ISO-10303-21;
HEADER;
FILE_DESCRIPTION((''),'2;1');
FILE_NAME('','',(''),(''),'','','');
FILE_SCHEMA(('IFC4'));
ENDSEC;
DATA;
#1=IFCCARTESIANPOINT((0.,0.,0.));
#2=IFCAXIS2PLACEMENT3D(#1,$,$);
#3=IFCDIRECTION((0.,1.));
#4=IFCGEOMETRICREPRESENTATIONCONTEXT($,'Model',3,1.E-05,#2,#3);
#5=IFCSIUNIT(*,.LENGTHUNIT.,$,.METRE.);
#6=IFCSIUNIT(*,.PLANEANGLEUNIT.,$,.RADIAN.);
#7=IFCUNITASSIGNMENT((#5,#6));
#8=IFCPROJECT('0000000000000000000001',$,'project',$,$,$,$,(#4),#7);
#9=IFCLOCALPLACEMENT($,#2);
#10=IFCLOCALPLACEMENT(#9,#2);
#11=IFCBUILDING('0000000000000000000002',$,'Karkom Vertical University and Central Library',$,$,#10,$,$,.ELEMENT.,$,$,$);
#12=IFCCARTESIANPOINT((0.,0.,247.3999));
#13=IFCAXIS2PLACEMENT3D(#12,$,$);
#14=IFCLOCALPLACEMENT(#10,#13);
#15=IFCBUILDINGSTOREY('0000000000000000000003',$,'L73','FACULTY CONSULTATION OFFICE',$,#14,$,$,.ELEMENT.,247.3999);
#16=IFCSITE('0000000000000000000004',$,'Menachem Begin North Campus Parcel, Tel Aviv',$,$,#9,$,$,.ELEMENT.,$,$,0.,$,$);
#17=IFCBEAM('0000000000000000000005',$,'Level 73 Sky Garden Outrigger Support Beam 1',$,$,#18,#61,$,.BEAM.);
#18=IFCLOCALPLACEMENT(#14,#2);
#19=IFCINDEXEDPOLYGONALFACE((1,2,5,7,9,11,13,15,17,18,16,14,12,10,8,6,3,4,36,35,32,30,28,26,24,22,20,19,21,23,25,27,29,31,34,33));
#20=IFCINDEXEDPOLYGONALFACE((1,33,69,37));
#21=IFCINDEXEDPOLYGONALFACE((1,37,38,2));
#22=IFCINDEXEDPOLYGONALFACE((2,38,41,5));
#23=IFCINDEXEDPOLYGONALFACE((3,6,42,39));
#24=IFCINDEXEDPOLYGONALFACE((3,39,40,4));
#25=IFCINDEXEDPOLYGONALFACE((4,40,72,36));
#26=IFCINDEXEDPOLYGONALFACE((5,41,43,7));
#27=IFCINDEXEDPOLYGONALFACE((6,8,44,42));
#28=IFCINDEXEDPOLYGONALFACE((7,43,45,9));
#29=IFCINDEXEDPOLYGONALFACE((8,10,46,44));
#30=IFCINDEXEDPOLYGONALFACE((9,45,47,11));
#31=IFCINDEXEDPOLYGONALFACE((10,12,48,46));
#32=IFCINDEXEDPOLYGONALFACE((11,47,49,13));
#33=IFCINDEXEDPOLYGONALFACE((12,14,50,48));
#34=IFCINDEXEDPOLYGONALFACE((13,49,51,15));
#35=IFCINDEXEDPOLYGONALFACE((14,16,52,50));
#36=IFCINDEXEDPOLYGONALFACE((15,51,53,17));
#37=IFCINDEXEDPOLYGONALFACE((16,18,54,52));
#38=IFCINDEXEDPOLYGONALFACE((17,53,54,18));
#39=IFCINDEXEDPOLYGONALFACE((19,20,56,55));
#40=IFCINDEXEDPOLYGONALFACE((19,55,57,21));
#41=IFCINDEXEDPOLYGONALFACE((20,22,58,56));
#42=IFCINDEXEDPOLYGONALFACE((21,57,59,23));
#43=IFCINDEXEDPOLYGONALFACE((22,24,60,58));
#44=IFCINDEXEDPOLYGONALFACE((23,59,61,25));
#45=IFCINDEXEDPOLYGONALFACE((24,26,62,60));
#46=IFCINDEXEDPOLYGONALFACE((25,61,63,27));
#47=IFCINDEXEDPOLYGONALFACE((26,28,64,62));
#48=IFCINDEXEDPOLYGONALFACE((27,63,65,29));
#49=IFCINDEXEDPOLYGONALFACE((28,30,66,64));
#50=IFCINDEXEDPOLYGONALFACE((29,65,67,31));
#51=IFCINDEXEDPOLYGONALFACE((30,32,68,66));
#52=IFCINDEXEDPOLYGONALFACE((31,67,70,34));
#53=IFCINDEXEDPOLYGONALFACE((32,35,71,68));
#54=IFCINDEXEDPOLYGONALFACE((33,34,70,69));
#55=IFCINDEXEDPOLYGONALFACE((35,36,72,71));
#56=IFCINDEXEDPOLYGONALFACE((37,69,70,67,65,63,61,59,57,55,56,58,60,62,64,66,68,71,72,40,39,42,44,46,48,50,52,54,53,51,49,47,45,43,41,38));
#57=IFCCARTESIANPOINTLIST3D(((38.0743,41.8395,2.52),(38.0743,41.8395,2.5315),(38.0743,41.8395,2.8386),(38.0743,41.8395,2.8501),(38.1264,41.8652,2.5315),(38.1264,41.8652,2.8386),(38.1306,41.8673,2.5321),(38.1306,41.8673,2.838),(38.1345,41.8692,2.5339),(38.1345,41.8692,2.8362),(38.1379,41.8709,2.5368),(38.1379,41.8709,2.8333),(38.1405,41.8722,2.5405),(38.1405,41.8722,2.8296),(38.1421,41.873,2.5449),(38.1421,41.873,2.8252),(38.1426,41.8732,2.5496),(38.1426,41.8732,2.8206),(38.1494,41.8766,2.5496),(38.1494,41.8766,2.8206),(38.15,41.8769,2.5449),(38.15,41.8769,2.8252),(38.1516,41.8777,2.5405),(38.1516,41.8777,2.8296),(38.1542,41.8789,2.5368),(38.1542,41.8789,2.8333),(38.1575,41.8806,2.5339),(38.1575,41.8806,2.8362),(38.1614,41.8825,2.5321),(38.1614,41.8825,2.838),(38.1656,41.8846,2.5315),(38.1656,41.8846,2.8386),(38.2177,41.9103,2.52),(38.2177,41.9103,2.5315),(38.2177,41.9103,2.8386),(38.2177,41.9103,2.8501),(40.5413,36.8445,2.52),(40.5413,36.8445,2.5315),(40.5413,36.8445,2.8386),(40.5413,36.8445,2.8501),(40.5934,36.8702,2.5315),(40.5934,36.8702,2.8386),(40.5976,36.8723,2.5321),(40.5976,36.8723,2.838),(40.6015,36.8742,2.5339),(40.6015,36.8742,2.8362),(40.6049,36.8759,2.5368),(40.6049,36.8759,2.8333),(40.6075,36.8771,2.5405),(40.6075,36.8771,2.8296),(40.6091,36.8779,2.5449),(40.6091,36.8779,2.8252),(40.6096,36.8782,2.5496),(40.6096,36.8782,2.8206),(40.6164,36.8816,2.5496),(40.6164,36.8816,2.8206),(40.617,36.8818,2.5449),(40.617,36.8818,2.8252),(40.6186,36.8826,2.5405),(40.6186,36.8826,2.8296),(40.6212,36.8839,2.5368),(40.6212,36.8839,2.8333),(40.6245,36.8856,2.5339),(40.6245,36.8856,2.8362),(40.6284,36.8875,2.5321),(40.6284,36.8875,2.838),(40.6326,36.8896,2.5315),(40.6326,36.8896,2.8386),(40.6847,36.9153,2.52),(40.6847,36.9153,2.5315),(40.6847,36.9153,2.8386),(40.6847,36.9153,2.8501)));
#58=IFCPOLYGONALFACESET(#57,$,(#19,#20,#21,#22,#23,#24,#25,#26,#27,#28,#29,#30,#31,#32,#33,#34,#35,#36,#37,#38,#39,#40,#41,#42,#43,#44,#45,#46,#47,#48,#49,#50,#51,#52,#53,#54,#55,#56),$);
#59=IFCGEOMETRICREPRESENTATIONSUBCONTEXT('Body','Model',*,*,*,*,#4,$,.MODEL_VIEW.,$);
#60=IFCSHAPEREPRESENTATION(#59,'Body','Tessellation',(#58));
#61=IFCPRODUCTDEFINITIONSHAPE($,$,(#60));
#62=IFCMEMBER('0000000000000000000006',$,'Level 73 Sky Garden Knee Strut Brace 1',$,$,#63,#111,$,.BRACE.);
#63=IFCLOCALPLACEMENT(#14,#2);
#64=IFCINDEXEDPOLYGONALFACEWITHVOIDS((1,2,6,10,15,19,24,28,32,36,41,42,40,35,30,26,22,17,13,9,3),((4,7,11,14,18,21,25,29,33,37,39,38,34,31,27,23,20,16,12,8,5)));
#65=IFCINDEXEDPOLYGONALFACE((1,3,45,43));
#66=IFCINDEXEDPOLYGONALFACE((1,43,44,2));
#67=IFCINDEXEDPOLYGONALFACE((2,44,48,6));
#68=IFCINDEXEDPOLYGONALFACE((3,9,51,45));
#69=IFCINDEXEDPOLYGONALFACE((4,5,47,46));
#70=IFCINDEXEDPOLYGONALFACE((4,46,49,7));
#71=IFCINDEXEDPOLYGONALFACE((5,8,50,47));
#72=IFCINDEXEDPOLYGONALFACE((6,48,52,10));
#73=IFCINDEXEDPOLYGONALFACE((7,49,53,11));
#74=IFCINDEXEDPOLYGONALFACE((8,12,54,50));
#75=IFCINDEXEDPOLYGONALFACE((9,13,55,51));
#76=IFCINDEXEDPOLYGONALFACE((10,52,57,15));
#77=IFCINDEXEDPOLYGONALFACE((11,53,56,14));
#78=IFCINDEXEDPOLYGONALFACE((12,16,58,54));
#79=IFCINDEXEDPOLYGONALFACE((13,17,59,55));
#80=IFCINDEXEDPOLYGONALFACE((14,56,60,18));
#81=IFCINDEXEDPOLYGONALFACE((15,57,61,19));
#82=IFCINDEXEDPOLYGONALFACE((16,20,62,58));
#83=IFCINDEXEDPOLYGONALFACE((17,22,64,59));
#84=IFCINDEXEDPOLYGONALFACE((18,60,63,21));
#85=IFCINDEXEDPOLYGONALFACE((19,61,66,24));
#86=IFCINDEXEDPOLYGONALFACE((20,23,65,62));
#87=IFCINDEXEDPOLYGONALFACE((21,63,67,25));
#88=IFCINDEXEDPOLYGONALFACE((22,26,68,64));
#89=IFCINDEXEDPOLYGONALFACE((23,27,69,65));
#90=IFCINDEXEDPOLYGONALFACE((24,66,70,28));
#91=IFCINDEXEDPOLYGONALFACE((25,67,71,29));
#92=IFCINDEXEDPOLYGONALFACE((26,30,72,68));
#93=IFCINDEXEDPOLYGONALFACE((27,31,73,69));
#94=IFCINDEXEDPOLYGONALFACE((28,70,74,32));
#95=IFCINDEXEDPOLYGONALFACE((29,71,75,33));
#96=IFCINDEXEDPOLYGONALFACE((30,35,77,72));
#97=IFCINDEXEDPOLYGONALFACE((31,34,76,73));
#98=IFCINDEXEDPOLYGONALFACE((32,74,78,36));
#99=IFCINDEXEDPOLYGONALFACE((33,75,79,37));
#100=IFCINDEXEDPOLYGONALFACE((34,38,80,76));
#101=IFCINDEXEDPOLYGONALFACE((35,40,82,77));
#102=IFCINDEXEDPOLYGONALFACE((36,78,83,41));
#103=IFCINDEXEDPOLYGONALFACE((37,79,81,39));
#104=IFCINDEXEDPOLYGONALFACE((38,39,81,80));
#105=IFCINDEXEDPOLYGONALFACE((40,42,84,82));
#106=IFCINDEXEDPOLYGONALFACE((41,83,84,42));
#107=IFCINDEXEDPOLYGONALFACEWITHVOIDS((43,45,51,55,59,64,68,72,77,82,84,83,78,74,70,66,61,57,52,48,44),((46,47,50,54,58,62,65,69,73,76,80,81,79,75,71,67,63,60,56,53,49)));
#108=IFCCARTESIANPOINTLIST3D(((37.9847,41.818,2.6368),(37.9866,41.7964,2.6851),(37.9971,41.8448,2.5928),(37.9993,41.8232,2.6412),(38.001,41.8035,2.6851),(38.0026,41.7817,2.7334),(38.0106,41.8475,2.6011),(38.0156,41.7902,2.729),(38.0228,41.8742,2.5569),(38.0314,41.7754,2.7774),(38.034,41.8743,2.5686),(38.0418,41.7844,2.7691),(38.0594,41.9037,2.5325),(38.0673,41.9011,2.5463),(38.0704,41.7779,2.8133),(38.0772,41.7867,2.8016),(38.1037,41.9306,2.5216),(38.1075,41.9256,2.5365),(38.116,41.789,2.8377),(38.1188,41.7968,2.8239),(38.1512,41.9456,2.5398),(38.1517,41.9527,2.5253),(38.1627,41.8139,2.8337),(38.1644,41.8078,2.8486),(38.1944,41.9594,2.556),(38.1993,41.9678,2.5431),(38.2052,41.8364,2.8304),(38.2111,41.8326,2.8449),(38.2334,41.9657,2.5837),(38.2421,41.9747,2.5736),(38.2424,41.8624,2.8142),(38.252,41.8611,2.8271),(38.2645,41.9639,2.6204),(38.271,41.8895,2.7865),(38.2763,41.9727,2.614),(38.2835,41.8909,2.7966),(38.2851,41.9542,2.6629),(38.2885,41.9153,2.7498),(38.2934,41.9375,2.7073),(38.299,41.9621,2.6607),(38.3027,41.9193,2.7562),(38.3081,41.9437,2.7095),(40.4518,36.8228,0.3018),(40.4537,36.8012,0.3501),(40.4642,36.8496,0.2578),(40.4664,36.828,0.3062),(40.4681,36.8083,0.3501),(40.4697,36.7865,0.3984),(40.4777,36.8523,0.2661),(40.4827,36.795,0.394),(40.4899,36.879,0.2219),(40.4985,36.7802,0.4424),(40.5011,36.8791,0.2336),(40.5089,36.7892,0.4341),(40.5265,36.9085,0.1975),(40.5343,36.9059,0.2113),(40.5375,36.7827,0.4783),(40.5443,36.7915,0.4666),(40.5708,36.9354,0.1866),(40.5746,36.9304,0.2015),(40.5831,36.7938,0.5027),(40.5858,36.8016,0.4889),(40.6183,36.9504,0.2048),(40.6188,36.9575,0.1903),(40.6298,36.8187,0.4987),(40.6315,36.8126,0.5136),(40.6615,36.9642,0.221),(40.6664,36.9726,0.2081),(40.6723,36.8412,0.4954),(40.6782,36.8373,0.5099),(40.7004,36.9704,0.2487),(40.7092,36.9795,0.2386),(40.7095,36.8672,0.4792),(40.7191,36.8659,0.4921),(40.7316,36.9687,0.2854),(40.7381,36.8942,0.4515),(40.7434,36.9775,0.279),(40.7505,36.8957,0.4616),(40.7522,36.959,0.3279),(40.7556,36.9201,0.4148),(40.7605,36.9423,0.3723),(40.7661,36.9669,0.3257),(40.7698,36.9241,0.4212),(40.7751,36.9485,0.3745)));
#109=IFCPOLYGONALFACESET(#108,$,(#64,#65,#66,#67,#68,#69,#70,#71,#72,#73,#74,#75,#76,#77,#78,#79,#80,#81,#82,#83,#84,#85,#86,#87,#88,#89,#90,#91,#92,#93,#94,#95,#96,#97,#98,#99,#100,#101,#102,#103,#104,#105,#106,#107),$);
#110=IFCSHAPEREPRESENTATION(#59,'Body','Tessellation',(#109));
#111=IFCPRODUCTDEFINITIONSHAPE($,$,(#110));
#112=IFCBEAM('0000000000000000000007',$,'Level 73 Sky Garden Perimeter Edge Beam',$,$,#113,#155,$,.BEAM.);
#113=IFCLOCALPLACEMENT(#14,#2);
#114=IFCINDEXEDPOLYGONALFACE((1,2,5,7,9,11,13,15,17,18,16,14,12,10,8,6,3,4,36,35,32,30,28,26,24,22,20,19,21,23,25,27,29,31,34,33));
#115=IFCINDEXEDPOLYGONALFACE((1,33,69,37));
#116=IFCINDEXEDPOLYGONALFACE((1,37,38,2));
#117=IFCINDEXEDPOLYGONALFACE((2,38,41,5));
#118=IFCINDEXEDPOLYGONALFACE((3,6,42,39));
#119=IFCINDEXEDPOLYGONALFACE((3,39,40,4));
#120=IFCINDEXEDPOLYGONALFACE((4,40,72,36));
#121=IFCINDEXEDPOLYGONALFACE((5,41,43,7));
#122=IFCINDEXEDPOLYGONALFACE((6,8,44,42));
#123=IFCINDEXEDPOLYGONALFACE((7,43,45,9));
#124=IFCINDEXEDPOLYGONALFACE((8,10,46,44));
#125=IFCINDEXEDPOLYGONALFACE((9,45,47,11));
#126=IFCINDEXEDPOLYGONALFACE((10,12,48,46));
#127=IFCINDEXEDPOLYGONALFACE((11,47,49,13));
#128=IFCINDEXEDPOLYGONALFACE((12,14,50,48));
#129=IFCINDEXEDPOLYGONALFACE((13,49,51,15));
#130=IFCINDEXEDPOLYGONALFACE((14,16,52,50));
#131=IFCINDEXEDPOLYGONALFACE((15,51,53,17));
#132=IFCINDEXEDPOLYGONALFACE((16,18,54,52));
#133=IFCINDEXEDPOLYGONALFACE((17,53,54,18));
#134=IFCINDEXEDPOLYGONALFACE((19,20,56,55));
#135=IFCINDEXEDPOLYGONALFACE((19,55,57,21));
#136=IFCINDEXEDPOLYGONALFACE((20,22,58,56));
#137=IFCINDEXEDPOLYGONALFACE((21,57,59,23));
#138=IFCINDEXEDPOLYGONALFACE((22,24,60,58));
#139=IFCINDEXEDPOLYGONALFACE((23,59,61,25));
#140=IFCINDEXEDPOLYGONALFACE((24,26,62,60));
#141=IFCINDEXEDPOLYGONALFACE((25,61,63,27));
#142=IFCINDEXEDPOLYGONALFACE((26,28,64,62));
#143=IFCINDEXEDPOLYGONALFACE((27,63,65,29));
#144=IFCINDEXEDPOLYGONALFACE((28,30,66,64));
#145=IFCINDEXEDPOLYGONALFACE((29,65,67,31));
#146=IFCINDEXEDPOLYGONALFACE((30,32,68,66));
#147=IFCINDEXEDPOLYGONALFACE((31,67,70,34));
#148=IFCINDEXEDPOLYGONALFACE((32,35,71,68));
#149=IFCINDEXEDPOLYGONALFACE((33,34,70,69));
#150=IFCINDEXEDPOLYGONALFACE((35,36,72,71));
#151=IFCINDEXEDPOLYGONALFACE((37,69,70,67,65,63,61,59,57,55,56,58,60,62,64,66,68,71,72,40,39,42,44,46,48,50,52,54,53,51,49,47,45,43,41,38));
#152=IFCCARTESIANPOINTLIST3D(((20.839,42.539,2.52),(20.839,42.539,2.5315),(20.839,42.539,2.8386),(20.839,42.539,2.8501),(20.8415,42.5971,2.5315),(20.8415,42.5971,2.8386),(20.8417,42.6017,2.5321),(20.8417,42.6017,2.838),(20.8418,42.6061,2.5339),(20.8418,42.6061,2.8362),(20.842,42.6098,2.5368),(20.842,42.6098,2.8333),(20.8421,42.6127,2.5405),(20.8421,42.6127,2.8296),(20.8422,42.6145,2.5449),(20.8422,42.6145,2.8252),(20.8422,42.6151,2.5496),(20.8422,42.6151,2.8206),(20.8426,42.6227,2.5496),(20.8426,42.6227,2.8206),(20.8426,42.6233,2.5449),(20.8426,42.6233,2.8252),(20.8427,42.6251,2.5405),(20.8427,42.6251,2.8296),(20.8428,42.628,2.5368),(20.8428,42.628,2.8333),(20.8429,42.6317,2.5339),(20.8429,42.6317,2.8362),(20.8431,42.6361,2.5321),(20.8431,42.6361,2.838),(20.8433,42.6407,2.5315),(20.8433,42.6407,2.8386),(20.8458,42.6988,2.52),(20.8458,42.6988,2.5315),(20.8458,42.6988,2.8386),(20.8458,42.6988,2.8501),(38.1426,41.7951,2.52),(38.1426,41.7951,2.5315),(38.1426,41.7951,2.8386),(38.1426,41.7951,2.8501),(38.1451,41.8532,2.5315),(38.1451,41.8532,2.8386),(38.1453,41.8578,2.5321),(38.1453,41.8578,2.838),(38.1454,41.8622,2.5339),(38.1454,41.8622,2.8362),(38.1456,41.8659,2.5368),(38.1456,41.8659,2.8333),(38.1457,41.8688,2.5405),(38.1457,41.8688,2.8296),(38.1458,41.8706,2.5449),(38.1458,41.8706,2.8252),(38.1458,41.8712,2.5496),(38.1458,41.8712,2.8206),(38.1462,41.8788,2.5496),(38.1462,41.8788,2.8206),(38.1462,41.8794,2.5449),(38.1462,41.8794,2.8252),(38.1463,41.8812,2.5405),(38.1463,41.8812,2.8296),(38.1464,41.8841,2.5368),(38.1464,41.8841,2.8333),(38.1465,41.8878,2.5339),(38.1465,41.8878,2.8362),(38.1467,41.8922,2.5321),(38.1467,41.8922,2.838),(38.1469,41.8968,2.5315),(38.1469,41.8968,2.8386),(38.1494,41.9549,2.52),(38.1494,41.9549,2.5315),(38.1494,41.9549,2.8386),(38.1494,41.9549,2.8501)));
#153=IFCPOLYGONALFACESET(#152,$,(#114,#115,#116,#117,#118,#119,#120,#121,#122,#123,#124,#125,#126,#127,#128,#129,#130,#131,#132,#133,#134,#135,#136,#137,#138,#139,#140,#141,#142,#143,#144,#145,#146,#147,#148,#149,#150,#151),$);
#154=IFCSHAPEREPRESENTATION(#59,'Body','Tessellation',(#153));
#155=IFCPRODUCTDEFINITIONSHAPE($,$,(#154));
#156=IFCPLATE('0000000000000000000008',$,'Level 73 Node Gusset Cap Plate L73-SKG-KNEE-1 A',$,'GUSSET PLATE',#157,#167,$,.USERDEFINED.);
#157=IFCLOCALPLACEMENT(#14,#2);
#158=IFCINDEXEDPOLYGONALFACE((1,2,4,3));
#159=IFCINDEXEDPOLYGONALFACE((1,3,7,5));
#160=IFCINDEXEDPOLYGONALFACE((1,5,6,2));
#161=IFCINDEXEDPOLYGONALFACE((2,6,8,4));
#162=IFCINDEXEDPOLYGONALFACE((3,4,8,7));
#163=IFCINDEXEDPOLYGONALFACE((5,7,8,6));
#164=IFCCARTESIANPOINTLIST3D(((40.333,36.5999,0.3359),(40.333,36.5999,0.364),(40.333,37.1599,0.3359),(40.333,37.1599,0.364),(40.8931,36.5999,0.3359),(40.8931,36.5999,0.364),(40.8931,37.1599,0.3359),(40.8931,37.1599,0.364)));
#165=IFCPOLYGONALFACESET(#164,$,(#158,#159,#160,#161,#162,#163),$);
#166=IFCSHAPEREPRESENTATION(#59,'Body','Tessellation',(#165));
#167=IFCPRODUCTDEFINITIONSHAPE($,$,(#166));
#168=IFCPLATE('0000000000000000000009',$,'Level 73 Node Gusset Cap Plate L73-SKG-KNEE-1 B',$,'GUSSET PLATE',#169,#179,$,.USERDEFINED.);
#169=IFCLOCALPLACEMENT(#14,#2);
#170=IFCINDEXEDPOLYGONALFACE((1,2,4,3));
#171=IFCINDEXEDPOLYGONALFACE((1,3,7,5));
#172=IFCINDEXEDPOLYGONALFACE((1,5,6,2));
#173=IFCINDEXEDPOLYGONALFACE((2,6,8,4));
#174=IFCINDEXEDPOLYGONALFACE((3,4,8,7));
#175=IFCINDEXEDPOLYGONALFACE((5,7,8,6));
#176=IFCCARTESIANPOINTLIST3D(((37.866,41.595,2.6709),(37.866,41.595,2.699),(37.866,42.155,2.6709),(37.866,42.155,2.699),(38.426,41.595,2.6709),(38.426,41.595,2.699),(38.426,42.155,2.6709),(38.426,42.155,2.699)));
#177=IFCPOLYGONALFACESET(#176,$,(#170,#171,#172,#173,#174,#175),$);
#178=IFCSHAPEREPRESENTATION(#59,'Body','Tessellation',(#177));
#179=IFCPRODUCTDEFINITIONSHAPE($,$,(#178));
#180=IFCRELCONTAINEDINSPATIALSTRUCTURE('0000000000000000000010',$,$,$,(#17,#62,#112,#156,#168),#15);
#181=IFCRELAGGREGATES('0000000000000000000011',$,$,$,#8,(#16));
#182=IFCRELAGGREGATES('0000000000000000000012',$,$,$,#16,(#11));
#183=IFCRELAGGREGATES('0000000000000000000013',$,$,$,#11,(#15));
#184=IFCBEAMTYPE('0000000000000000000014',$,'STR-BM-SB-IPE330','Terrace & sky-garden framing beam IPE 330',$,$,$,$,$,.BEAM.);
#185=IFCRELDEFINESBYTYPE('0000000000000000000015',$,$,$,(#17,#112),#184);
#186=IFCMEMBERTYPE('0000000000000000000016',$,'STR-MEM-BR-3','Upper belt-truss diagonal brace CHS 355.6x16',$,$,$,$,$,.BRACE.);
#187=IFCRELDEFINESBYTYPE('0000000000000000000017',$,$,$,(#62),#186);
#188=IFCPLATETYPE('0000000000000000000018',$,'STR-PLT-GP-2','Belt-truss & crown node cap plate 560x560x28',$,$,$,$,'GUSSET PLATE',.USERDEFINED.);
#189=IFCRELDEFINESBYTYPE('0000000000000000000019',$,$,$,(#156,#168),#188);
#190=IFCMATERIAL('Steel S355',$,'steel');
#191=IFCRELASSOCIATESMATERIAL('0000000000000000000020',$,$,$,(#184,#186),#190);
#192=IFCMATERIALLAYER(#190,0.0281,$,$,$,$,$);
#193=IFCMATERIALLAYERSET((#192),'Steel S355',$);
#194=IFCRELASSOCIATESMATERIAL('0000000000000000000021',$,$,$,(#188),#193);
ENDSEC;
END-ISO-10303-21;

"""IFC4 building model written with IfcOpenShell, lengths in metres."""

from ifc_helpers import new_model, si_unit, direction, frame, origin, origin_with_axes, origin_2d, place, context, subcontext, project, spatial, rectangle, hollow_circle, i_section, extrude, source, transform, mapped, material, layer, layer_set, material_profile, profile_set, type_object, element, save


model = new_model("IFC4")

# Units and contexts
model_context = context("Model", 3, precision=1e-05, world=origin(), true_north=direction((0.0, 1.0)))
body_context = subcontext(model_context, "Body", "Model", "MODEL_VIEW")
ifc_project = project(units=[si_unit("LENGTHUNIT", "METRE"), si_unit("PLANEANGLEUNIT", "RADIAN")], contexts=[model_context])

# Site, building, storey
site_placement = place(None, origin())
site = spatial("IfcSite", under=ifc_project, at=site_placement, Name="Menachem Begin North Campus Parcel, Tel Aviv", CompositionType="ELEMENT", RefElevation=0.0)
building_placement = place(site_placement, origin())
building = spatial("IfcBuilding", under=site, at=building_placement, Name="Karkom Vertical University and Central Library", CompositionType="ELEMENT")
storey_placement = place(building_placement, frame((0.0, 0.0, 247.3999)))
storey = spatial("IfcBuildingStorey", under=building, at=storey_placement, Name="L73", Description="FACULTY CONSULTATION OFFICE", CompositionType="ELEMENT", Elevation=247.3999)

# Beam
ifc_material_1 = material(Name="Steel S355", Category="steel")
ifc_material_profile_1 = material_profile(ifc_material_1, i_section(OverallWidth=0.1599, OverallDepth=0.3301, WebThickness=0.0076, FlangeThickness=0.0115, FilletRadius=0.0181, at=origin_2d()), Name="IPE 330")
ifc_profile_set_1 = profile_set([ifc_material_profile_1], Name="Steel S355")
beam_type_1 = type_object("IfcBeamType", Name="STR-BM-SB-IPE330", Description="Terrace & sky-garden framing beam IPE 330", PredefinedType="BEAM", material=ifc_profile_set_1)
shared_shape_1 = source(origin_with_axes(), body_context, "Body", "SweptSolid", [
    extrude(i_section(OverallWidth=0.1599, OverallDepth=0.3301, WebThickness=0.0076, FlangeThickness=0.0115, FilletRadius=0.0181, at=origin_2d()), origin(), (0.0, 0.0, 1.0), 5.571),
])
beam_1_placement = place(storey_placement, frame((40.613, 36.8799, 2.6851), z_axis=(-0.442826, 0.896608, 0.0), x_axis=(-0.896608, -0.442826, 0.0)))
element("IfcBeam", 1, at=beam_1_placement, inside=storey, type_object=beam_type_1, Name="Level 73 Sky Garden Outrigger Support Beam 1", PredefinedType="BEAM", context=body_context, shape_type="MappedRepresentation", body=[
    mapped(shared_shape_1, transform((0.0, 0.0, 0.0), scale=1.0)),
])

# Member
ifc_material_profile_2 = material_profile(ifc_material_1, hollow_circle(Radius=0.1777, WallThickness=0.0161, at=origin_2d()), Name="CHS 355.6x16")
ifc_profile_set_2 = profile_set([ifc_material_profile_2], Name="Steel S355")
member_type = type_object("IfcMemberType", Name="STR-MEM-BR-3", Description="Upper belt-truss diagonal brace CHS 355.6x16", PredefinedType="BRACE", material=ifc_profile_set_2)
shared_shape_2 = source(origin_with_axes(), body_context, "Body", "SweptSolid", [
    extrude(hollow_circle(Radius=0.1777, WallThickness=0.0161, at=origin_2d()), origin(), (0.0, 0.0, 1.0), 6.0408),
])
member_placement = place(storey_placement, frame((40.613, 36.8799, 0.3501), z_axis=(-0.408406, 0.826916, 0.386541), x_axis=(-0.896608, -0.442826, 0.0)))
element("IfcMember", 2, at=member_placement, inside=storey, type_object=member_type, Name="Level 73 Sky Garden Knee Strut Brace 1", PredefinedType="BRACE", context=body_context, shape_type="MappedRepresentation", body=[
    mapped(shared_shape_2, transform((0.0, 0.0, 0.0), scale=1.0)),
])

# Beam
shared_shape_3 = source(origin_with_axes(), body_context, "Body", "SweptSolid", [
    extrude(i_section(OverallWidth=0.1599, OverallDepth=0.3301, WebThickness=0.0076, FlangeThickness=0.0115, FilletRadius=0.0181, at=origin_2d()), origin(), (0.0, 0.0, 1.0), 17.3196),
])
beam_2_placement = place(storey_placement, frame((38.146, 41.875, 2.6851), z_axis=(-0.999077, 0.042951, 0.0), x_axis=(-0.042951, -0.999077, 0.0)))
element("IfcBeam", 3, at=beam_2_placement, inside=storey, type_object=beam_type_1, Name="Level 73 Sky Garden Perimeter Edge Beam", PredefinedType="BEAM", context=body_context, shape_type="MappedRepresentation", body=[
    mapped(shared_shape_3, transform((0.0, 0.0, 0.0), scale=1.0)),
])

# Plates
ifc_layer_1 = layer(ifc_material_1, 0.0281)
ifc_layer_set_1 = layer_set([ifc_layer_1], Name="Steel S355")
plate_type = type_object("IfcPlateType", Name="STR-PLT-GP-2", Description="Belt-truss & crown node cap plate 560x560x28", ElementType="GUSSET PLATE", PredefinedType="USERDEFINED", material=ifc_layer_set_1)
shared_shape_4 = source(origin_with_axes(), body_context, "Body", "SweptSolid", [
    extrude(rectangle(XDim=0.5601, YDim=0.5601, at=origin_2d()), origin(), (0.0, 0.0, 1.0), 0.0281),
])
for number, where, z_axis, x_axis, name in (
    (4, (40.613, 36.8799, 0.3359), (0.0, 0.0, 1.0), (1.0, 0.0, 0.0), "Level 73 Node Gusset Cap Plate L73-SKG-KNEE-1 A"),
    (5, (38.146, 41.875, 2.6709), (0.0, 0.0, 1.0), (1.0, 0.0, 0.0), "Level 73 Node Gusset Cap Plate L73-SKG-KNEE-1 B"),
):
    element("IfcPlate", number, at=place(storey_placement, frame(where, z_axis=z_axis, x_axis=x_axis)), inside=storey, type_object=plate_type, Name=name, ObjectType="GUSSET PLATE", PredefinedType="USERDEFINED", context=body_context, shape_type="MappedRepresentation", body=[
        mapped(shared_shape_4, transform((0.0, 0.0, 0.0), scale=1.0)),
    ])

save(model, "model.ifc")
